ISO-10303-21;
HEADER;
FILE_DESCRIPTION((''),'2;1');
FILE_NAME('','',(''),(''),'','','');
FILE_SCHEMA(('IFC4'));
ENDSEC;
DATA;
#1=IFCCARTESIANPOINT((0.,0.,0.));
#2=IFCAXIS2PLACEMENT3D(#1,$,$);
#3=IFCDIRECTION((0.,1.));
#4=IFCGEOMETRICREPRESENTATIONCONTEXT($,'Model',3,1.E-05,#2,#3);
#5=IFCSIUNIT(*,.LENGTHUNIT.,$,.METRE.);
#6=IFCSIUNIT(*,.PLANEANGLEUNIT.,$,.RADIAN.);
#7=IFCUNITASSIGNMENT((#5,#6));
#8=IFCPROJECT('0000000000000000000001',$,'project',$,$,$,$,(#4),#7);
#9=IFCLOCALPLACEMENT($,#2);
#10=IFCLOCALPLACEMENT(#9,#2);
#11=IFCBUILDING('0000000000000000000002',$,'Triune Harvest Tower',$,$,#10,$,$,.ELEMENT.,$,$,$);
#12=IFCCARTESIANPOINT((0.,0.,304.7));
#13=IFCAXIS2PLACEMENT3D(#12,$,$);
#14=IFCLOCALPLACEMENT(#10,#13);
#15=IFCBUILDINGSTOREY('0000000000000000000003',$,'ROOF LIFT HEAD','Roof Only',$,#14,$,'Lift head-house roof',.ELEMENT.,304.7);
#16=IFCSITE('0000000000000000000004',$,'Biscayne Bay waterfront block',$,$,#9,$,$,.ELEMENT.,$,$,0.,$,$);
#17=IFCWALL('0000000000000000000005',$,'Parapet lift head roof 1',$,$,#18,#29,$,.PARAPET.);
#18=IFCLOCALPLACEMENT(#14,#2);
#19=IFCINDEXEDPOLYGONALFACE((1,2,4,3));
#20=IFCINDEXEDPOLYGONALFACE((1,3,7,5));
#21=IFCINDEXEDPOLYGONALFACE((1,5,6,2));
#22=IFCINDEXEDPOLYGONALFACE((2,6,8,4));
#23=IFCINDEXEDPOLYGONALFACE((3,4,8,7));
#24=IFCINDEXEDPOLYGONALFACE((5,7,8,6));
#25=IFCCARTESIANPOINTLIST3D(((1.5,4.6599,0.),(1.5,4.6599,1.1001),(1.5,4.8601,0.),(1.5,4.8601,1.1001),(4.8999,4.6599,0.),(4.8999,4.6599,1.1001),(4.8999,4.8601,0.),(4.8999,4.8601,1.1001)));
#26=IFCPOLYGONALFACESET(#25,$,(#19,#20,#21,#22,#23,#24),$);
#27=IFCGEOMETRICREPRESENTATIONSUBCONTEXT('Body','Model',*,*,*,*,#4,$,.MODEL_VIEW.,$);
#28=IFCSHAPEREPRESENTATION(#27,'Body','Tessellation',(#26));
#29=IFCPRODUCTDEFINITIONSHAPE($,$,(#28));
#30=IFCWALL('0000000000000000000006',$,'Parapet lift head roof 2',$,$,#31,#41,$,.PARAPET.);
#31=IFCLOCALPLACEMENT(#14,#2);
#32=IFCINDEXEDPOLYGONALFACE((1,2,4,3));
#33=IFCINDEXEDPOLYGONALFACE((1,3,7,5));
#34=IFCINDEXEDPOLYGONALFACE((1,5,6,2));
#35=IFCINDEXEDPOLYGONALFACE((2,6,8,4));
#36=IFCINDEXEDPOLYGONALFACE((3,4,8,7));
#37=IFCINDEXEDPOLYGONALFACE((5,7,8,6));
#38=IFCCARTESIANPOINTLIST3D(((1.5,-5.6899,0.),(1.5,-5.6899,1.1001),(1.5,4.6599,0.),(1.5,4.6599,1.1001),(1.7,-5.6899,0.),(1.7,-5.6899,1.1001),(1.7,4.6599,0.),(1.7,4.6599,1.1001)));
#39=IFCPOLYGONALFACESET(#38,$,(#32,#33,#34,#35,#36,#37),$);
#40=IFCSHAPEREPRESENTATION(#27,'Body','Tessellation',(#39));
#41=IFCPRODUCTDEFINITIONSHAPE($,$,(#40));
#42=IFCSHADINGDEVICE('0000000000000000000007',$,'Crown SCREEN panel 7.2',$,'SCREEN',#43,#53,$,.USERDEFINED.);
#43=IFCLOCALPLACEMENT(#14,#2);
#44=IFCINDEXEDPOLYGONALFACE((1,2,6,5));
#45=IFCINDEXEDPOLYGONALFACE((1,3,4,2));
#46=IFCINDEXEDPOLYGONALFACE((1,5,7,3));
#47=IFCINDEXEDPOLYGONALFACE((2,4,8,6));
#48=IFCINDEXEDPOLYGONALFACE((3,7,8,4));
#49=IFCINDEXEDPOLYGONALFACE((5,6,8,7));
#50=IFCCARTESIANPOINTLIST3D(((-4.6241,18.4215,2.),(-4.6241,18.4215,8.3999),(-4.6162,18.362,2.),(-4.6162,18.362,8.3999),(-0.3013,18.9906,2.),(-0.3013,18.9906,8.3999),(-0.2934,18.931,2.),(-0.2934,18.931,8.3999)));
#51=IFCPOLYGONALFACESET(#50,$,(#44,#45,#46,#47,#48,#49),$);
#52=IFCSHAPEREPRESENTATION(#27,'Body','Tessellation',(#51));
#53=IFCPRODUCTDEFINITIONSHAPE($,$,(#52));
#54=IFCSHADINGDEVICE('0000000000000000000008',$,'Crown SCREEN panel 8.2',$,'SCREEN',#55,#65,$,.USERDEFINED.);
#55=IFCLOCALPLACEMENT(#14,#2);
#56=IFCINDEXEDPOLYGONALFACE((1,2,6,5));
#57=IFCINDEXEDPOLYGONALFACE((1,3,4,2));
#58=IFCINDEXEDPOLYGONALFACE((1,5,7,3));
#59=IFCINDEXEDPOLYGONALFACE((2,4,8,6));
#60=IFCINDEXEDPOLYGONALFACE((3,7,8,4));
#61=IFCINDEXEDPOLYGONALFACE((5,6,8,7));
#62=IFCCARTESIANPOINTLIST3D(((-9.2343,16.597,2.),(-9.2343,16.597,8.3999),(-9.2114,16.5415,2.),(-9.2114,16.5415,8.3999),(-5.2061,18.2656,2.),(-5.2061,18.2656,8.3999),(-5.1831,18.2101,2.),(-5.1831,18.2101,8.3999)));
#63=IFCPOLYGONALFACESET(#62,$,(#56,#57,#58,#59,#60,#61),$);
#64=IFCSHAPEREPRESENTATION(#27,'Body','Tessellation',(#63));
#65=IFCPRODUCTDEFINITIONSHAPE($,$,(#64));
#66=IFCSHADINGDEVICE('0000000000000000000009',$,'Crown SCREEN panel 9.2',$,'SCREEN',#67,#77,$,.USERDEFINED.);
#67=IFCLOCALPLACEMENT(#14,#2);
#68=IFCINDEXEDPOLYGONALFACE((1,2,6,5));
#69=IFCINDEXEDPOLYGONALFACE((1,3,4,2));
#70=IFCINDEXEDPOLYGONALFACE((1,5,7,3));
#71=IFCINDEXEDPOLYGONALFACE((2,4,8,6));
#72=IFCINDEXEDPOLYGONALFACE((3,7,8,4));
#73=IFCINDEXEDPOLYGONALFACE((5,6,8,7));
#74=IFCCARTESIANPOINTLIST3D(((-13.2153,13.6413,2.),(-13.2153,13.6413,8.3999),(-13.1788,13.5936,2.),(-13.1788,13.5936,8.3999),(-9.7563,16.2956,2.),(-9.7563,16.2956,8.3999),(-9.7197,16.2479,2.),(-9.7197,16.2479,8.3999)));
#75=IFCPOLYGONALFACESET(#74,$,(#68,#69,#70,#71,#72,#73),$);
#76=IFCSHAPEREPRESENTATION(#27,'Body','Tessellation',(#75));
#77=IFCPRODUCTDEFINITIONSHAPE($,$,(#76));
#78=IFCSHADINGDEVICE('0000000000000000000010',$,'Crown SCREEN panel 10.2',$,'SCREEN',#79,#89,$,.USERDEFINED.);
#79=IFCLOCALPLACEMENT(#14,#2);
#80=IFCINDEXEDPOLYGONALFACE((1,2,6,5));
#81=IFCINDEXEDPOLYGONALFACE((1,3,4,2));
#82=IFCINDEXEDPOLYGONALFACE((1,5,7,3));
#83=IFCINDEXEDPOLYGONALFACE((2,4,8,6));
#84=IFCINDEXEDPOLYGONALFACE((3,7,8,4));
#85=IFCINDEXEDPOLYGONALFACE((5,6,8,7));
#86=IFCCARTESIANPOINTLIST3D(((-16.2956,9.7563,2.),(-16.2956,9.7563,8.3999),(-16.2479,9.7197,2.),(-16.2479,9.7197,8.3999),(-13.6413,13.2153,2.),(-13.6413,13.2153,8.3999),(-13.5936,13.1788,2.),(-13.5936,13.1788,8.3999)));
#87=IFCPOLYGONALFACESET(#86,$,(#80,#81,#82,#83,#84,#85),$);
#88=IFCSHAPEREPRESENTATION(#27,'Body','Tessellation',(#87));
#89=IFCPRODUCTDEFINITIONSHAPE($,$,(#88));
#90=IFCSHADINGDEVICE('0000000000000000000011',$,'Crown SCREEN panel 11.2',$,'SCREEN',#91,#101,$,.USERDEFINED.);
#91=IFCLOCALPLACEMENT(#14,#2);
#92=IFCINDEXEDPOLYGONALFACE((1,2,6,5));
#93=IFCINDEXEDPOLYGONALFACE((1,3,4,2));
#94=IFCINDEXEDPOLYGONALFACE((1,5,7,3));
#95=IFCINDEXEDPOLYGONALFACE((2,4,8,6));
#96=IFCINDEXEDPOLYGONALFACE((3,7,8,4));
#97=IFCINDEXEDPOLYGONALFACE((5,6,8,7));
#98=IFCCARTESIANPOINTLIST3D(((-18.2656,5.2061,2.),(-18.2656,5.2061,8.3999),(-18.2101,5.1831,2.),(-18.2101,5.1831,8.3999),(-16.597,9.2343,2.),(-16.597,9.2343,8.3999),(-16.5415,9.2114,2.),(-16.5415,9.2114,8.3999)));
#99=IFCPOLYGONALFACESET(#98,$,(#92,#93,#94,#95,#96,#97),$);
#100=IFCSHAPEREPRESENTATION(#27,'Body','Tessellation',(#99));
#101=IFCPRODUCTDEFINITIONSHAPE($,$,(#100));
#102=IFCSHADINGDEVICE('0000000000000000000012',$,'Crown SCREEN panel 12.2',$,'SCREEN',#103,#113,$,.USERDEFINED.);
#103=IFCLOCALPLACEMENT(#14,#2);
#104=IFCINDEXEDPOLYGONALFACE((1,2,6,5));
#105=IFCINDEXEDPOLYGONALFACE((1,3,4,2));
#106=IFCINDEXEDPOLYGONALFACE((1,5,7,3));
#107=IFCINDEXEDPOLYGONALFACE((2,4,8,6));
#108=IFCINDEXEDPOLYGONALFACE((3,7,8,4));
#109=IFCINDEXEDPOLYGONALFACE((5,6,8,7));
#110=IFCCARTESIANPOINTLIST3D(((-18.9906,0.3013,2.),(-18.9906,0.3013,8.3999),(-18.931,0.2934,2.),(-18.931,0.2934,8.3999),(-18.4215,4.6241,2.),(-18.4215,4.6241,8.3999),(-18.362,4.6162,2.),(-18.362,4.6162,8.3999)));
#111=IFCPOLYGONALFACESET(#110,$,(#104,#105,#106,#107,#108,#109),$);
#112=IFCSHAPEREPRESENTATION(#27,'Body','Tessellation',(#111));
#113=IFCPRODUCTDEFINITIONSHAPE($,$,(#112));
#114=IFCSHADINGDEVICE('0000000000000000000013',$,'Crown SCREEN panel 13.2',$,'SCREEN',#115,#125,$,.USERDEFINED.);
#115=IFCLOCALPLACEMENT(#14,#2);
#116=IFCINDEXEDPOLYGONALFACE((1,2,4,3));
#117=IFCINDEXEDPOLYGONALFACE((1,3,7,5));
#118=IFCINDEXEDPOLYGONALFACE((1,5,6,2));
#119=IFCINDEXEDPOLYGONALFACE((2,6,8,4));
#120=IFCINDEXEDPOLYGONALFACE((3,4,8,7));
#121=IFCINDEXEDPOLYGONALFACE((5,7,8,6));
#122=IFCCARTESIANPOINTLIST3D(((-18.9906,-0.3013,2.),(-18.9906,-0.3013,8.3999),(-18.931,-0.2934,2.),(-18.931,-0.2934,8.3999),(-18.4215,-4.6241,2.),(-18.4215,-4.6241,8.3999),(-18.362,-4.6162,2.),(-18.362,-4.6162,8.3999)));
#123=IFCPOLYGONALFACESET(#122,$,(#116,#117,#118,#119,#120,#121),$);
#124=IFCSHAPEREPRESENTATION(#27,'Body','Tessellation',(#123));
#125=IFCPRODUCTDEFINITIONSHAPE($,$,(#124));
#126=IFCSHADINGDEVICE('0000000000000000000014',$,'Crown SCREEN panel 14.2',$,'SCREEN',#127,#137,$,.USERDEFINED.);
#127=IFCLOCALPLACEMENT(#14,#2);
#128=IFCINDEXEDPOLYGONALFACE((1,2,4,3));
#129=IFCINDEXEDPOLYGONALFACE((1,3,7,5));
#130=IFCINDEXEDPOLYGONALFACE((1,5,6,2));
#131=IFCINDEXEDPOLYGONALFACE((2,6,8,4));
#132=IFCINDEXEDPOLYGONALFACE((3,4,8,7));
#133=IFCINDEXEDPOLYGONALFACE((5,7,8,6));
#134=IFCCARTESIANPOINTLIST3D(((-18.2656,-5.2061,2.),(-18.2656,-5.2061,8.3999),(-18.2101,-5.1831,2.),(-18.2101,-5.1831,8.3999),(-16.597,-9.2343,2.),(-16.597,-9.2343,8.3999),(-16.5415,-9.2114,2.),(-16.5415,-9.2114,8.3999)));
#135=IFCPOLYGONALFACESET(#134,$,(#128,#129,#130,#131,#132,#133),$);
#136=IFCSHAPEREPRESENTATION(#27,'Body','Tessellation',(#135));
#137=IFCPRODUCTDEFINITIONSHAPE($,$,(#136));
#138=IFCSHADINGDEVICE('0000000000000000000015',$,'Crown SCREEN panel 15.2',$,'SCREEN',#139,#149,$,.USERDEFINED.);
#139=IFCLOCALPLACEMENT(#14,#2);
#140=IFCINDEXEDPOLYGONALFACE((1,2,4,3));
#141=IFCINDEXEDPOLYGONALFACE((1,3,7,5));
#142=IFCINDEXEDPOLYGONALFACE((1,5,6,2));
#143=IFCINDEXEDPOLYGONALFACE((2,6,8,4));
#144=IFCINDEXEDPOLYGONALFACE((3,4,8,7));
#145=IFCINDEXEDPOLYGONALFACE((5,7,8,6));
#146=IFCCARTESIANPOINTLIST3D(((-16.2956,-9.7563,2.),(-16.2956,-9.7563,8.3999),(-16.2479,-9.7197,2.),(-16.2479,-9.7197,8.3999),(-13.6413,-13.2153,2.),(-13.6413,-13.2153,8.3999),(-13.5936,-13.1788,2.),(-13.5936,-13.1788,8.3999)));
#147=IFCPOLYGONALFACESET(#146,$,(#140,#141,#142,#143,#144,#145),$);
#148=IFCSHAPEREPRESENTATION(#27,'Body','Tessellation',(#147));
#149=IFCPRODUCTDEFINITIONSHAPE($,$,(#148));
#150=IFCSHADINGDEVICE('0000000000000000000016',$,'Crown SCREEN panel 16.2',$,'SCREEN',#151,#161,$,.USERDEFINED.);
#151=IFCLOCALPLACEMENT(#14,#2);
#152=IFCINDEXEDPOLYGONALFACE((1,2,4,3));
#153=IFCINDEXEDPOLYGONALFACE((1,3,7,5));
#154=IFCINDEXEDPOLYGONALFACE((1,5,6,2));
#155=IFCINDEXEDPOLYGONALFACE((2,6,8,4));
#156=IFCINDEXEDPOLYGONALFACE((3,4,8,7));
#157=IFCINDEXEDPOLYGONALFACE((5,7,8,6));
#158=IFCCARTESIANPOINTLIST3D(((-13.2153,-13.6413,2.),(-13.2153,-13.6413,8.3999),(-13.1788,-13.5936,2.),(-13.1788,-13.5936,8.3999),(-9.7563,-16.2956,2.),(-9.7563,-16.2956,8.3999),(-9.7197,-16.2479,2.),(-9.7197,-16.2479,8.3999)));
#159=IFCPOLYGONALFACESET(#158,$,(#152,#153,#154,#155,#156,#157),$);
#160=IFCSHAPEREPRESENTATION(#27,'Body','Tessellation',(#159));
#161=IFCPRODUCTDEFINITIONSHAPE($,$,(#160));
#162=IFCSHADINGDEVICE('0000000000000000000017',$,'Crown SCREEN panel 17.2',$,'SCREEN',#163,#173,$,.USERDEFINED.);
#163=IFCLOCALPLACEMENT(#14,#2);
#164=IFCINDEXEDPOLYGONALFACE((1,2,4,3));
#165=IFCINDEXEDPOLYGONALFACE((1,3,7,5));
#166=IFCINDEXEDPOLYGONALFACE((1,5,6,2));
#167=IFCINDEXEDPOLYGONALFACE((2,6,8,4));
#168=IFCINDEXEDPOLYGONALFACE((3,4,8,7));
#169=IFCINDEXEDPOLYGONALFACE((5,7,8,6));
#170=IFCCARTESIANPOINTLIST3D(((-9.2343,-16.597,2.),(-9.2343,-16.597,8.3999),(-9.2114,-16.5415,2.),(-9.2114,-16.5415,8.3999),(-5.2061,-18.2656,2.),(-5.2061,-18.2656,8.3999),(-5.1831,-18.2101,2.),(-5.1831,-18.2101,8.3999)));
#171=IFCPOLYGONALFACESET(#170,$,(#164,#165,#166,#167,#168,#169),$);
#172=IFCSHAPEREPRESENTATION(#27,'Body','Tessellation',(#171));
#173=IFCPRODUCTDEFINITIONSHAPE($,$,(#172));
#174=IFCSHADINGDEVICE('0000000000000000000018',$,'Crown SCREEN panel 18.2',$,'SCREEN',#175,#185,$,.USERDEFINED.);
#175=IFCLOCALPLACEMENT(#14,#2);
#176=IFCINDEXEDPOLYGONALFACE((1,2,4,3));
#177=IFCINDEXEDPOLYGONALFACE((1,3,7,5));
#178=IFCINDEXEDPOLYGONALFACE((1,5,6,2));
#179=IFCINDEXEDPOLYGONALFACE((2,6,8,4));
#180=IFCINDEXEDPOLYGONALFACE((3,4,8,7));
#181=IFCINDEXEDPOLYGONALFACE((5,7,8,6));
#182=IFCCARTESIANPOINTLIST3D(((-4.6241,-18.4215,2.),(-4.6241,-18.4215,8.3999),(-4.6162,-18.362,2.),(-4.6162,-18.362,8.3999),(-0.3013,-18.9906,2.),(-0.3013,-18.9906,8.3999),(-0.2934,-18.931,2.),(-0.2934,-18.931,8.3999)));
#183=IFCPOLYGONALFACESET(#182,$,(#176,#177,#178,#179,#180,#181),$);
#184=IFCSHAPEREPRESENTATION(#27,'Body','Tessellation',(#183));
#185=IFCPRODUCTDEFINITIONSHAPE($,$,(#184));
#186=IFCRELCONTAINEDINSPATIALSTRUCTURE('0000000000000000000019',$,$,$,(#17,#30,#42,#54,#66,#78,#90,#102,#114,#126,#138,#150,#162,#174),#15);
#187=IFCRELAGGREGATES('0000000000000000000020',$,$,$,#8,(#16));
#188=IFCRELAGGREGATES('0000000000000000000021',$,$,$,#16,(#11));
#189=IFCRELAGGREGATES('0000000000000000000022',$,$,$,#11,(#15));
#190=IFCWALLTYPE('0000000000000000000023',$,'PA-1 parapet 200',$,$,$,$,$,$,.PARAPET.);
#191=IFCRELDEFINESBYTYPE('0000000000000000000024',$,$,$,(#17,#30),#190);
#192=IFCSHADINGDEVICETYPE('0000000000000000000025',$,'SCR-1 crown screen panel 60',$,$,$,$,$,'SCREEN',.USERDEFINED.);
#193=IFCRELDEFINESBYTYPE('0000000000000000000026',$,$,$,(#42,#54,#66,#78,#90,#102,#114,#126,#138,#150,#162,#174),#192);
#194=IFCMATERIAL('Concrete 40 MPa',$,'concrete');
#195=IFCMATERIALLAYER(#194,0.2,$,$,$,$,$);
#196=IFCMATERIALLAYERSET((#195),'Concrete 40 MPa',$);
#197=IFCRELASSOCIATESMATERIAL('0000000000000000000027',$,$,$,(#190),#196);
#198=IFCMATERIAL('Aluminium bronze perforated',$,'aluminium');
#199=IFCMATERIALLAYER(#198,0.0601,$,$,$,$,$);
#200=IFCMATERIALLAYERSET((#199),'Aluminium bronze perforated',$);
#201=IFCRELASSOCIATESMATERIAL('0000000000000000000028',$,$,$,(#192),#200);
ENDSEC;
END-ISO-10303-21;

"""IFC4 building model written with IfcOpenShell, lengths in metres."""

from ifc_helpers import new_model, si_unit, direction, frame, origin, origin_2d, place, context, subcontext, project, spatial, polyline, rectangle, outline, extrude, source, transform, mapped, material, layer, layer_set, type_object, element, save


model = new_model("IFC4")

# Units and contexts
model_context = context("Model", 3, precision=1e-05, world=origin(), true_north=direction((0.0, 1.0)))
body_context = subcontext(model_context, "Body", "Model", "MODEL_VIEW")
ifc_project = project(units=[si_unit("LENGTHUNIT", "METRE"), si_unit("PLANEANGLEUNIT", "RADIAN")], contexts=[model_context])

# Site, building, storey
site_placement = place(None, origin())
site = spatial("IfcSite", under=ifc_project, at=site_placement, Name="Biscayne Bay waterfront block", CompositionType="ELEMENT", RefElevation=0.0)
building_placement = place(site_placement, origin())
building = spatial("IfcBuilding", under=site, at=building_placement, Name="Triune Harvest Tower", CompositionType="ELEMENT")
storey_placement = place(building_placement, frame((0.0, 0.0, 304.7)))
storey = spatial("IfcBuildingStorey", under=building, at=storey_placement, Name="ROOF LIFT HEAD", Description="Roof Only", LongName="Lift head-house roof", CompositionType="ELEMENT", Elevation=304.7)

# Walls
ifc_material_1 = material(Name="Concrete 40 MPa", Category="concrete")
ifc_layer_1 = layer(ifc_material_1, 0.2)
ifc_layer_set_1 = layer_set([ifc_layer_1], Name="Concrete 40 MPa")
wall_type = type_object("IfcWallType", Name="PA-1 parapet 200", PredefinedType="PARAPET", material=ifc_layer_set_1)
wall_1_placement = place(storey_placement, origin())
element("IfcWall", 1, at=wall_1_placement, inside=storey, type_object=wall_type, Name="Parapet lift head roof 1", PredefinedType="PARAPET", context=body_context, shape_type="SweptSolid", body=[
    extrude(outline(polyline([(1.5, 4.6599), (4.8999, 4.6599), (4.8999, 4.8601), (1.5, 4.8601), (1.5, 4.6599)])), origin(), (0.0, 0.0, 1.0), 1.1001),
])
wall_2_placement = place(storey_placement, origin())
element("IfcWall", 2, at=wall_2_placement, inside=storey, type_object=wall_type, Name="Parapet lift head roof 2", PredefinedType="PARAPET", context=body_context, shape_type="SweptSolid", body=[
    extrude(outline(polyline([(1.5, -5.6899), (1.7, -5.6899), (1.7, 4.6599), (1.5, 4.6599), (1.5, -5.6899)])), origin(), (0.0, 0.0, 1.0), 1.1001),
])

# Shading devices
ifc_material_2 = material(Name="Aluminium bronze perforated", Category="aluminium")
ifc_layer_2 = layer(ifc_material_2, 0.0601)
ifc_layer_set_2 = layer_set([ifc_layer_2], Name="Aluminium bronze perforated")
shading_device_type = type_object("IfcShadingDeviceType", Name="SCR-1 crown screen panel 60", ElementType="SCREEN", PredefinedType="USERDEFINED", material=ifc_layer_set_2)
shared_shape_1 = source(origin(), body_context, "Body", "SweptSolid", [
    extrude(rectangle(XDim=4.3601, YDim=0.0601, at=origin_2d()), origin(), (0.0, 0.0, 1.0), 6.3999),
])
for number, where, z_axis, x_axis, name in (
    (3, (-2.4587, 18.6763, 2.0), (0.0, 0.0, 1.0), (-0.991445, -0.130523, 0.0), "Crown SCREEN panel 7.2"),
    (4, (-7.2087, 17.4036, 2.0), (0.0, 0.0, 1.0), (-0.923879, -0.382685, 0.0), "Crown SCREEN panel 8.2"),
    (5, (-11.4675, 14.9446, 2.0), (0.0, 0.0, 1.0), (-0.793347, -0.60877, 0.0), "Crown SCREEN panel 9.2"),
    (6, (-14.9446, 11.4675, 2.0), (0.0, 0.0, 1.0), (-0.60877, -0.793347, 0.0), "Crown SCREEN panel 10.2"),
    (7, (-17.4036, 7.2087, 2.0), (0.0, 0.0, 1.0), (-0.382685, -0.923879, 0.0), "Crown SCREEN panel 11.2"),
    (8, (-18.6763, 2.4587, 2.0), (0.0, 0.0, 1.0), (-0.130523, -0.991445, 0.0), "Crown SCREEN panel 12.2"),
    (9, (-18.6763, -2.4587, 2.0), (0.0, 0.0, 1.0), (0.130523, -0.991445, 0.0), "Crown SCREEN panel 13.2"),
    (10, (-17.4036, -7.2087, 2.0), (0.0, 0.0, 1.0), (0.382685, -0.923879, 0.0), "Crown SCREEN panel 14.2"),
    (11, (-14.9446, -11.4675, 2.0), (0.0, 0.0, 1.0), (0.60877, -0.793347, 0.0), "Crown SCREEN panel 15.2"),
    (12, (-11.4675, -14.9446, 2.0), (0.0, 0.0, 1.0), (0.793347, -0.60877, 0.0), "Crown SCREEN panel 16.2"),
    (13, (-7.2087, -17.4036, 2.0), (0.0, 0.0, 1.0), (0.923879, -0.382685, 0.0), "Crown SCREEN panel 17.2"),
    (14, (-2.4587, -18.6763, 2.0), (0.0, 0.0, 1.0), (0.991445, -0.130523, 0.0), "Crown SCREEN panel 18.2"),
):
    element("IfcShadingDevice", number, at=place(storey_placement, frame(where, z_axis=z_axis, x_axis=x_axis)), inside=storey, type_object=shading_device_type, Name=name, ObjectType="SCREEN", PredefinedType="USERDEFINED", context=body_context, shape_type="MappedRepresentation", body=[
        mapped(shared_shape_1, transform((0.0, 0.0, 0.0), scale=1.0)),
    ])

save(model, "model.ifc")
